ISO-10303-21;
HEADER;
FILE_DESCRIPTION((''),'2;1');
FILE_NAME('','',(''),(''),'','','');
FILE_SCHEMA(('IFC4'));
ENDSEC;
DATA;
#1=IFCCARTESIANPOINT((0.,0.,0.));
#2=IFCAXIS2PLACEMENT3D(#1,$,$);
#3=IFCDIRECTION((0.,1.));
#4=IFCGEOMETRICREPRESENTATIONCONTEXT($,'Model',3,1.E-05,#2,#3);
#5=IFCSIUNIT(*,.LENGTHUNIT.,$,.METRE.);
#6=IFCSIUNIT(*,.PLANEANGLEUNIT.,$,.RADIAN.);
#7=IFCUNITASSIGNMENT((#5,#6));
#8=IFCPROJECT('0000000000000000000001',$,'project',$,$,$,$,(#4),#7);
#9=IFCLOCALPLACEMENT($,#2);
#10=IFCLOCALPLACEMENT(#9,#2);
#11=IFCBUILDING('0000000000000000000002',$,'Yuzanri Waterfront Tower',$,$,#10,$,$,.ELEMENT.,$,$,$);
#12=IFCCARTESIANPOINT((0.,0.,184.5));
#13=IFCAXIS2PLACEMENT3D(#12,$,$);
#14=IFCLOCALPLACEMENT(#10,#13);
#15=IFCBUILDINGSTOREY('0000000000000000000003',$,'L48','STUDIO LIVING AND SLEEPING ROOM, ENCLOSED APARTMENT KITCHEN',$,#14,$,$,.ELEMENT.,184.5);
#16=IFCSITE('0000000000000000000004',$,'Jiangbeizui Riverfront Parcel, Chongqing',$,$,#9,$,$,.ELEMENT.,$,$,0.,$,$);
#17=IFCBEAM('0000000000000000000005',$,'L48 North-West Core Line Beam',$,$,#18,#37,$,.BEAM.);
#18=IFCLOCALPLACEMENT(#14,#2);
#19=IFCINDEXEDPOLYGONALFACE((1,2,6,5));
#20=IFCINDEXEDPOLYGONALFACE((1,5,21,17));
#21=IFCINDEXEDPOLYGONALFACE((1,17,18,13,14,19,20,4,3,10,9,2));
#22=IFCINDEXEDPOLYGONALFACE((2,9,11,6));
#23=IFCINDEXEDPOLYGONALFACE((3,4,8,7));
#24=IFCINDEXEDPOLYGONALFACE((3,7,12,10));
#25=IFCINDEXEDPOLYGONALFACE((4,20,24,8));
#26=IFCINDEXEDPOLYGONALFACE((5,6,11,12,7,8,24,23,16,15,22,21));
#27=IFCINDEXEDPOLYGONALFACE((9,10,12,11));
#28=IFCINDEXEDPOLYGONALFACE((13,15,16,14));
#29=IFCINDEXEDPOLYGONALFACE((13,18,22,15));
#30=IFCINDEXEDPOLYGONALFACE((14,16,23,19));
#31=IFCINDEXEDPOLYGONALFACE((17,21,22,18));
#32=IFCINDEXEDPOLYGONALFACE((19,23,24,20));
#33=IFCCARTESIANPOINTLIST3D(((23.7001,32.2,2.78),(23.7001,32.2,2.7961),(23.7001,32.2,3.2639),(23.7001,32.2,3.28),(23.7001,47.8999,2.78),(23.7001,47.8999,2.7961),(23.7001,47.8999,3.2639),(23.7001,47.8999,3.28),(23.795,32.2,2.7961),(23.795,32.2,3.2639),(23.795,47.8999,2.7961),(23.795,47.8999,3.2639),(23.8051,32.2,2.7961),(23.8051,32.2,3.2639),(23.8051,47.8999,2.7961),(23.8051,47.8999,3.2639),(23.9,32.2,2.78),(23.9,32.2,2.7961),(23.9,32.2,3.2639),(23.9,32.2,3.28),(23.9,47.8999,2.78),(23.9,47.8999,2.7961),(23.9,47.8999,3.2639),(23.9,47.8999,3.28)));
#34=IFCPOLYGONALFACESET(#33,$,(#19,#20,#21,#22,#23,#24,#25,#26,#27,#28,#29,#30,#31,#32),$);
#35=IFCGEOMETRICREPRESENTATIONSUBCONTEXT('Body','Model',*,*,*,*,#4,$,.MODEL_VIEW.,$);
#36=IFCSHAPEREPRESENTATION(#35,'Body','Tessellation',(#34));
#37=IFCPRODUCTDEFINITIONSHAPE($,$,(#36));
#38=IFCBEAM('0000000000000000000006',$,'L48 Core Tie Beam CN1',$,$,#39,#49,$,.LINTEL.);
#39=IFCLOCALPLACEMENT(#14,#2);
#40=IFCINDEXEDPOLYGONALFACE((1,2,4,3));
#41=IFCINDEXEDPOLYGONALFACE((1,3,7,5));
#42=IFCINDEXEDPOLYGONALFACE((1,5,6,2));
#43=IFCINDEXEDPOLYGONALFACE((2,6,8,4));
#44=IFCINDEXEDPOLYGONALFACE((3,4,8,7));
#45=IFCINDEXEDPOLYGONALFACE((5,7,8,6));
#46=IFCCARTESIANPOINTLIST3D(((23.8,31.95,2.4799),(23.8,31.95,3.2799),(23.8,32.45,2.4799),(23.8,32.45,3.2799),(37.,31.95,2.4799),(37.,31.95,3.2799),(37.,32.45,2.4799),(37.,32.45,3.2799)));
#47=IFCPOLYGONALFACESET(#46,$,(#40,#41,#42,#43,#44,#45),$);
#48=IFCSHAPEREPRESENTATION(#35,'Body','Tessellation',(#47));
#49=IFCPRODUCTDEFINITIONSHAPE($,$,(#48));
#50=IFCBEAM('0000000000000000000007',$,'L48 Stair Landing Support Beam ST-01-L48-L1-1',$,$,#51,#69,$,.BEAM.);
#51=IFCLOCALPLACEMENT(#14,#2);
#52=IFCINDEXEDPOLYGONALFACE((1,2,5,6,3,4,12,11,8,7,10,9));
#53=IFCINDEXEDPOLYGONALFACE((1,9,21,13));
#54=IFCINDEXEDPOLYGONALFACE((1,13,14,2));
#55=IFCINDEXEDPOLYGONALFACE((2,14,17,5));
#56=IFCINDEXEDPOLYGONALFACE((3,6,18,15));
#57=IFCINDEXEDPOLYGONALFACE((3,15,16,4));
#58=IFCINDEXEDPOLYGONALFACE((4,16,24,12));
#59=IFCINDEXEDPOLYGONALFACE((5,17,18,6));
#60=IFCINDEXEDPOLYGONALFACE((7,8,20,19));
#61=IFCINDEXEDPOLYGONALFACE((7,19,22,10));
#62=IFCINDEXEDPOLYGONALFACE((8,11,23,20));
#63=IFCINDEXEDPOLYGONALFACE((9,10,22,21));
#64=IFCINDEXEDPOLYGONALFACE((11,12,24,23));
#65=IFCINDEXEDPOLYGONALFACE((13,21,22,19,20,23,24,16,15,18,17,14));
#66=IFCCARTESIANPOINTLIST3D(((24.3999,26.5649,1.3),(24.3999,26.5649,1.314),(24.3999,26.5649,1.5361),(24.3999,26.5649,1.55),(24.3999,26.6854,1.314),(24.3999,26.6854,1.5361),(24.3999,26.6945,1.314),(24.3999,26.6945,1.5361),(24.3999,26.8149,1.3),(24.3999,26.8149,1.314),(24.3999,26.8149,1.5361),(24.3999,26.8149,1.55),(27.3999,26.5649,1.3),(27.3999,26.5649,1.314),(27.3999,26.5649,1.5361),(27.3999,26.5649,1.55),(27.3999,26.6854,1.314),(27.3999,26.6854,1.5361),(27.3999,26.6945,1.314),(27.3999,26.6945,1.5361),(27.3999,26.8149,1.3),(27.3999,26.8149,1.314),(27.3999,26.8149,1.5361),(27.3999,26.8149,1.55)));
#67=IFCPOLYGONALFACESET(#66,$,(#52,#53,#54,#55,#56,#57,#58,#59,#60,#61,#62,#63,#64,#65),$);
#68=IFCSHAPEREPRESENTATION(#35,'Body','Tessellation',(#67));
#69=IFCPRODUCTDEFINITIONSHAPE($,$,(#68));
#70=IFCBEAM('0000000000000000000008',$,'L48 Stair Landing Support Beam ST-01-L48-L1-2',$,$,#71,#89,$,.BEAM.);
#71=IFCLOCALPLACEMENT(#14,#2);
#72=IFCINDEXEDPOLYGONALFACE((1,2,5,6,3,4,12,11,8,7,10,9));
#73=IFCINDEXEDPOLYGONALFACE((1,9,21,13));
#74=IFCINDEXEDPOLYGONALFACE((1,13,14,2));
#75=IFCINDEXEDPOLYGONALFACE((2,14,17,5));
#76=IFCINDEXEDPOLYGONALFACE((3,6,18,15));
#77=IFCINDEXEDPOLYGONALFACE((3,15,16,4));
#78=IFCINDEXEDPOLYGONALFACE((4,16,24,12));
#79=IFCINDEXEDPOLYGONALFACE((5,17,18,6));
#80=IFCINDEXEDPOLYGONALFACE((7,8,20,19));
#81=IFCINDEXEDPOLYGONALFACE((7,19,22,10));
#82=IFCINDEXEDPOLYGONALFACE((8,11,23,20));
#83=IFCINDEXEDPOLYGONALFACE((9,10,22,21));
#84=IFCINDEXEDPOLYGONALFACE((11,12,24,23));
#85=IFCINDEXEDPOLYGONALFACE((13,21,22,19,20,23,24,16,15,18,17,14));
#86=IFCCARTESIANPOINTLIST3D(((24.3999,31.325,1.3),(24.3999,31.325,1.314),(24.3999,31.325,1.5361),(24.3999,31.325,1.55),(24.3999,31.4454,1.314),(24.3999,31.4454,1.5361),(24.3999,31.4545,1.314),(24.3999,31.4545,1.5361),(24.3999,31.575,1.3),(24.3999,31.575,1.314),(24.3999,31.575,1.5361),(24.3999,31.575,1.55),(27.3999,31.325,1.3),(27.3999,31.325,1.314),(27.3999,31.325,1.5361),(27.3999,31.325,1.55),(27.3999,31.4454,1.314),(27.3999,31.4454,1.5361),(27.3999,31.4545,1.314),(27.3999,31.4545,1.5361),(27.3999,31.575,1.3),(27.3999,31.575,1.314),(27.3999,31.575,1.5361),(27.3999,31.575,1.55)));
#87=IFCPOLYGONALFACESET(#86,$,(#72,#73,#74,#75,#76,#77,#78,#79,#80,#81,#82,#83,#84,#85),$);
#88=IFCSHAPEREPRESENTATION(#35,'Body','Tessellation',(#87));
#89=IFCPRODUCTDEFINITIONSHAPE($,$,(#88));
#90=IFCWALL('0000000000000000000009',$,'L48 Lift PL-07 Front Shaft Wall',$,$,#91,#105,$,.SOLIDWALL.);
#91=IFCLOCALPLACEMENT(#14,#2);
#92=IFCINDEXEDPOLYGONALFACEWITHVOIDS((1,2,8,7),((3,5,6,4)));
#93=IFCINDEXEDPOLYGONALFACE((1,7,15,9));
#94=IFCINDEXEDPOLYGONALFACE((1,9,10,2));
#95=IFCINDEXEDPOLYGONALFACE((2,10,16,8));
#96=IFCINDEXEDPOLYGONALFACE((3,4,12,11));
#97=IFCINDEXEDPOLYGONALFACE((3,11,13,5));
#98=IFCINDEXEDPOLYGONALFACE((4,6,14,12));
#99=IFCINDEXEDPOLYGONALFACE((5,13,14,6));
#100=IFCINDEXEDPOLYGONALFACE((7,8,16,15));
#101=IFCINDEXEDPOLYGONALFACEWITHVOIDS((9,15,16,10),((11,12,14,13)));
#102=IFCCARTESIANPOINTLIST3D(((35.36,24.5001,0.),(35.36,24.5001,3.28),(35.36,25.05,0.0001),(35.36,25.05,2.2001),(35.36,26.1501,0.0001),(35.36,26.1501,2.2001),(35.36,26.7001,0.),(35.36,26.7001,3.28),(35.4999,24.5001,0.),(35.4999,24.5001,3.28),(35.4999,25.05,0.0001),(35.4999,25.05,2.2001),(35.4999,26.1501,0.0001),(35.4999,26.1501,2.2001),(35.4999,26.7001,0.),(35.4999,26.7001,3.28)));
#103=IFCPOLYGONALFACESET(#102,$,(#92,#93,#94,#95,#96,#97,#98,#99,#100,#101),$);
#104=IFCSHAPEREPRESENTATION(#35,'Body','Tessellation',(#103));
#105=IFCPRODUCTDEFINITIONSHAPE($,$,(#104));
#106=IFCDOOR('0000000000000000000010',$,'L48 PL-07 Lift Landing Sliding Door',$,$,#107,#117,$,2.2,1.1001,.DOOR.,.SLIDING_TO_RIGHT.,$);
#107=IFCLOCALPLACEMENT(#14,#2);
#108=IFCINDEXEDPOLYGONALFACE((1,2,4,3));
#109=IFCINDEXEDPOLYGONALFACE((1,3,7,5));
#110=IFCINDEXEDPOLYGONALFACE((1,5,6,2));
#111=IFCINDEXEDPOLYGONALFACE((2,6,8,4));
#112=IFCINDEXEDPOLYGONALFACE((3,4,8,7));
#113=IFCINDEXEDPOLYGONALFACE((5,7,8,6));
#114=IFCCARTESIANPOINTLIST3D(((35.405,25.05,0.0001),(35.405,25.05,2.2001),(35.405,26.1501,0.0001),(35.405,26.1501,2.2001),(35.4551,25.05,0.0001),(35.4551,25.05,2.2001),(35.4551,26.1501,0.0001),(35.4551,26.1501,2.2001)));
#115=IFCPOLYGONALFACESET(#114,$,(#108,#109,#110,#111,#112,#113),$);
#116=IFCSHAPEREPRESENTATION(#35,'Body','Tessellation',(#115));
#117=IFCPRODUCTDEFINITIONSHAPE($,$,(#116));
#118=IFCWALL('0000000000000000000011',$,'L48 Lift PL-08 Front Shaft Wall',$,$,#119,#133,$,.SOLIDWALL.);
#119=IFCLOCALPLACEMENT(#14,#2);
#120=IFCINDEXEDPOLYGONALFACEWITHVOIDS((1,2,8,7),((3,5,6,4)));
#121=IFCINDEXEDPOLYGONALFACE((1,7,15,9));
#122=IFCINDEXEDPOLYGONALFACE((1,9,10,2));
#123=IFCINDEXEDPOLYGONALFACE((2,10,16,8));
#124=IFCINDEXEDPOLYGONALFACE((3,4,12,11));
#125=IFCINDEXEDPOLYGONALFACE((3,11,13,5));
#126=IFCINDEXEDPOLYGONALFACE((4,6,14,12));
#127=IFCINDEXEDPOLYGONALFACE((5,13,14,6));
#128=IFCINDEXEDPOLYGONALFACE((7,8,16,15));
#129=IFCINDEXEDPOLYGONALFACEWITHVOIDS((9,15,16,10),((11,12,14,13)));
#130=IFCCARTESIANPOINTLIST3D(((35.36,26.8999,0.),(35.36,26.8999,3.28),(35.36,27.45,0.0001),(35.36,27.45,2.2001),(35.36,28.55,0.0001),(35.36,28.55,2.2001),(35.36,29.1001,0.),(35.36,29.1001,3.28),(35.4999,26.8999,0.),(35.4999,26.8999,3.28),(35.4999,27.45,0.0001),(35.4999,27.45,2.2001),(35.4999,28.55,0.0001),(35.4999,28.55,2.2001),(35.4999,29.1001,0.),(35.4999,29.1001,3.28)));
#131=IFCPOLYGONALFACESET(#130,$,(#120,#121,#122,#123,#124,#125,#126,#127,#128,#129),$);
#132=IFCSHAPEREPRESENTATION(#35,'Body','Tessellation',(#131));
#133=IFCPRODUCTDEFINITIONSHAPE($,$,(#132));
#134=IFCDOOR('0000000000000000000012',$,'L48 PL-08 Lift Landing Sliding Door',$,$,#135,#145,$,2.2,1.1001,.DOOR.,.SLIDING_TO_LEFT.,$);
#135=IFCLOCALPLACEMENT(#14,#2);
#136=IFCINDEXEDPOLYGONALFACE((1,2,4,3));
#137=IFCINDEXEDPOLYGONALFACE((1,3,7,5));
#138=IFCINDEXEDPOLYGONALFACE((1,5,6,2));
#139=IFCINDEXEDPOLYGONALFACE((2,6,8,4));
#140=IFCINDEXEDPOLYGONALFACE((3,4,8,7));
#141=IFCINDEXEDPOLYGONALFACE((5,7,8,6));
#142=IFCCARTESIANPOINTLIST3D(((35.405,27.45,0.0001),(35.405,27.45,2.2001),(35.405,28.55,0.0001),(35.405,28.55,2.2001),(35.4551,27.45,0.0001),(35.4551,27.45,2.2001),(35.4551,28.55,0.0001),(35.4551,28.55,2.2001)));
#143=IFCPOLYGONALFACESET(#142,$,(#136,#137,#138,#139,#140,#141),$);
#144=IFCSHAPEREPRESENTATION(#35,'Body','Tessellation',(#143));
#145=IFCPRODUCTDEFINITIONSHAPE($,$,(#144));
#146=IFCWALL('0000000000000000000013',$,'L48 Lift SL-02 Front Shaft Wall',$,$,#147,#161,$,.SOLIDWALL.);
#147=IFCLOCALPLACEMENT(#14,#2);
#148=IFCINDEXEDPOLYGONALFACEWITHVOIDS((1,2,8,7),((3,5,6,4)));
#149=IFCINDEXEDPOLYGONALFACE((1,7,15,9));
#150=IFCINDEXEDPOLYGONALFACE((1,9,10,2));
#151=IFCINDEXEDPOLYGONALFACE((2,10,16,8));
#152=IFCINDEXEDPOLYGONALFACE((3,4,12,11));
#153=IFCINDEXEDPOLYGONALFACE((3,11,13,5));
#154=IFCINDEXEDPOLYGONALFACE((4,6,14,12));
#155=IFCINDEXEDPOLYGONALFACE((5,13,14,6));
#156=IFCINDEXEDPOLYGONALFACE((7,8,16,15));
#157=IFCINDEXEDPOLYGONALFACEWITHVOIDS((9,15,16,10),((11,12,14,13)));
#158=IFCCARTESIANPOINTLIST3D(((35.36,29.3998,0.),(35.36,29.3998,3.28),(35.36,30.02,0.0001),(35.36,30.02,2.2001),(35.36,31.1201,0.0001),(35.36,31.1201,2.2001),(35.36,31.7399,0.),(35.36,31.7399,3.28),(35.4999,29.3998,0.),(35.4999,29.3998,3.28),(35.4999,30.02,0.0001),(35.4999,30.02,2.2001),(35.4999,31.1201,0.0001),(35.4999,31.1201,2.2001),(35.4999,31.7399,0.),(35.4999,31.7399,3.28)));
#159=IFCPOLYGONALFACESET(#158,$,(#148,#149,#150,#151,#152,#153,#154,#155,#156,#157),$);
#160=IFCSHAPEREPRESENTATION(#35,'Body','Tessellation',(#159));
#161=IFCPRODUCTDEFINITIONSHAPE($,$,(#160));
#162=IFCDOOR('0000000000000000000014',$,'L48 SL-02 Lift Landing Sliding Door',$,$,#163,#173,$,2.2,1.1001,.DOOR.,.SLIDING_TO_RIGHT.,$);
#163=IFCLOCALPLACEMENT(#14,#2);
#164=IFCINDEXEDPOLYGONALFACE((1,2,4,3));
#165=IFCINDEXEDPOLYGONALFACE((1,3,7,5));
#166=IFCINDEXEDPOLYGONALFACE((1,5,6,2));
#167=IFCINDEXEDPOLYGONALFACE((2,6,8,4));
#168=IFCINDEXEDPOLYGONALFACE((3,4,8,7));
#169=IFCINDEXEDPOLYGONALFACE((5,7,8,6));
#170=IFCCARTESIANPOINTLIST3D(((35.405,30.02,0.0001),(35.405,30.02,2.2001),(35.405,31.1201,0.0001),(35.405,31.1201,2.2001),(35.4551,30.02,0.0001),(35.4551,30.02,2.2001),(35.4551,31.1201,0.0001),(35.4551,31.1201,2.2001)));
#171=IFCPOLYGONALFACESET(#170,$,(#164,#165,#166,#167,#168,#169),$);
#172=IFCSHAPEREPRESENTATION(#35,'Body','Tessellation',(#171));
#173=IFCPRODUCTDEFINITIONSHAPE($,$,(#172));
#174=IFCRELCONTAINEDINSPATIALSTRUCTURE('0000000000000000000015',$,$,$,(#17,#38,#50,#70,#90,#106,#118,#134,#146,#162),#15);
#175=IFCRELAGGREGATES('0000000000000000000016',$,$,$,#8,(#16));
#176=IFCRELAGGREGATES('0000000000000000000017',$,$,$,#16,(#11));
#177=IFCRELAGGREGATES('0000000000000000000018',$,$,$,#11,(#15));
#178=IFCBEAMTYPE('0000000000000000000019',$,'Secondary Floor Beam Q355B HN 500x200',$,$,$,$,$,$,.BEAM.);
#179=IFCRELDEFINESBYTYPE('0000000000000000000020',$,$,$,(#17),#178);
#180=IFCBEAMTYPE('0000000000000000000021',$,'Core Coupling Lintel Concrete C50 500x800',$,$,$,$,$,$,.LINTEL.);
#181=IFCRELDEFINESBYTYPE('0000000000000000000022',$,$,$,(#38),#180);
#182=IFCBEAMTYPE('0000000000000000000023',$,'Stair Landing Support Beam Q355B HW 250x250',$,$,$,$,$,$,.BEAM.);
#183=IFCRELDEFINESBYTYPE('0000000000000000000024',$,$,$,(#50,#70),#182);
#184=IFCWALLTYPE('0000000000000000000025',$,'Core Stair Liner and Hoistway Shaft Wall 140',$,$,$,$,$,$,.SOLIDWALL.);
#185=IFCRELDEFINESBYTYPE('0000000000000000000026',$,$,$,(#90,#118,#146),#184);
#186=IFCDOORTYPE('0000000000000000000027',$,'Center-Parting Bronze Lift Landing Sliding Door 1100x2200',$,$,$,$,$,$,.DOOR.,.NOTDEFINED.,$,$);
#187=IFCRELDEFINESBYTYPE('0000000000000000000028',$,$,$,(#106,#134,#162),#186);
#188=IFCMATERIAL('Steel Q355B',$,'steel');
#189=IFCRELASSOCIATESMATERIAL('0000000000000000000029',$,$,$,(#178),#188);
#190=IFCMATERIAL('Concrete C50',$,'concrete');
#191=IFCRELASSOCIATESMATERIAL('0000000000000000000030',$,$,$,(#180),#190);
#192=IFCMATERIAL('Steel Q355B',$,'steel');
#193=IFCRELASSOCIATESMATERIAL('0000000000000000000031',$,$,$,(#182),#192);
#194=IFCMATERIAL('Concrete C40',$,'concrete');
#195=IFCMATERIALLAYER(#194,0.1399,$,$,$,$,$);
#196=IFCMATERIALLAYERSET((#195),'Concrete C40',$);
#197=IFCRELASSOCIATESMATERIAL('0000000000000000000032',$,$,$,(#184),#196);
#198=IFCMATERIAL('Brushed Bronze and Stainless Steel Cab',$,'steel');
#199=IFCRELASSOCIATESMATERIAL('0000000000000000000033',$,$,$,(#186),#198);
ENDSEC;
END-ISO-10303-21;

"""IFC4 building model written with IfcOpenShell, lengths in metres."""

from ifc_helpers import new_model, si_unit, direction, frame, frame_2d, origin, origin_2d, place, context, subcontext, project, spatial, rectangle, i_section, extrude, source, transform, mapped, material, layer, layer_set, material_profile, profile_set, type_object, element, fill, save


model = new_model("IFC4")

# Units and contexts
model_context = context("Model", 3, precision=1e-05, world=origin(), true_north=direction((0.0, 1.0)))
body_context = subcontext(model_context, "Body", "Model", "MODEL_VIEW")
ifc_project = project(units=[si_unit("LENGTHUNIT", "METRE"), si_unit("PLANEANGLEUNIT", "RADIAN")], contexts=[model_context])

# Site, building, storey
site_placement = place(None, origin())
site = spatial("IfcSite", under=ifc_project, at=site_placement, Name="Jiangbeizui Riverfront Parcel, Chongqing", CompositionType="ELEMENT", RefElevation=0.0)
building_placement = place(site_placement, origin())
building = spatial("IfcBuilding", under=site, at=building_placement, Name="Yuzanri Waterfront Tower", CompositionType="ELEMENT")
storey_placement = place(building_placement, frame((0.0, 0.0, 184.5)))
storey = spatial("IfcBuildingStorey", under=building, at=storey_placement, Name="L48", Description="STUDIO LIVING AND SLEEPING ROOM, ENCLOSED APARTMENT KITCHEN", CompositionType="ELEMENT", Elevation=184.5)

# Beams
ifc_material_1 = material(Name="Steel Q355B", Category="steel")
ifc_material_profile_1 = material_profile(ifc_material_1, i_section(OverallWidth=0.2, OverallDepth=0.5, WebThickness=0.01, FlangeThickness=0.0161, at=origin_2d()), Name="HN 500x200x10x16")
ifc_profile_set_1 = profile_set([ifc_material_profile_1], Name="Steel Q355B")
beam_type_1 = type_object("IfcBeamType", Name="Secondary Floor Beam Q355B HN 500x200", PredefinedType="BEAM", material=ifc_profile_set_1)
shared_shape_1 = source(origin(), body_context, "Body", "SweptSolid", [
    extrude(i_section(OverallWidth=0.2, OverallDepth=0.5, WebThickness=0.01, FlangeThickness=0.0161, at=origin_2d()), origin(), (0.0, 0.0, 1.0), 15.7),
])
beam_1_placement = place(storey_placement, frame((23.8, 32.2, 3.03), z_axis=(0.0, 1.0, 0.0), x_axis=(-1.0, 0.0, 0.0)))
element("IfcBeam", 1, at=beam_1_placement, inside=storey, type_object=beam_type_1, Name="L48 North-West Core Line Beam", PredefinedType="BEAM", context=body_context, shape_type="MappedRepresentation", body=[
    mapped(shared_shape_1, transform((0.0, 0.0, 0.0), scale=1.0)),
])
ifc_material_2 = material(Name="Concrete C50", Category="concrete")
ifc_material_profile_2 = material_profile(ifc_material_2, rectangle(XDim=0.5, YDim=0.8, at=origin_2d()), Name="RC 500x800")
ifc_profile_set_2 = profile_set([ifc_material_profile_2], Name="Concrete C50")
beam_type_2 = type_object("IfcBeamType", Name="Core Coupling Lintel Concrete C50 500x800", PredefinedType="LINTEL", material=ifc_profile_set_2)
shared_shape_2 = source(origin(), body_context, "Body", "SweptSolid", [
    extrude(rectangle(XDim=0.5, YDim=0.8, at=origin_2d()), origin(), (0.0, 0.0, 1.0), 13.2),
])
beam_2_placement = place(storey_placement, frame((23.8, 32.2, 2.8799), z_axis=(1.0, 0.0, 0.0), x_axis=(0.0, 1.0, 0.0)))
element("IfcBeam", 2, at=beam_2_placement, inside=storey, type_object=beam_type_2, Name="L48 Core Tie Beam CN1", PredefinedType="LINTEL", context=body_context, shape_type="MappedRepresentation", body=[
    mapped(shared_shape_2, transform((0.0, 0.0, 0.0), scale=1.0)),
])
ifc_material_3 = material(Name="Steel Q355B", Category="steel")
ifc_material_profile_3 = material_profile(ifc_material_3, i_section(OverallWidth=0.25, OverallDepth=0.25, WebThickness=0.009, FlangeThickness=0.0139, at=origin_2d()), Name="HW 250x250x9x14")
ifc_profile_set_3 = profile_set([ifc_material_profile_3], Name="Steel Q355B")
beam_type_3 = type_object("IfcBeamType", Name="Stair Landing Support Beam Q355B HW 250x250", PredefinedType="BEAM", material=ifc_profile_set_3)
shared_shape_3 = source(origin(), body_context, "Body", "SweptSolid", [
    extrude(i_section(OverallWidth=0.25, OverallDepth=0.25, WebThickness=0.009, FlangeThickness=0.0139, at=origin_2d()), origin(), (0.0, 0.0, 1.0), 3.0),
])
for number, where, z_axis, x_axis, name in (
    (3, (24.3999, 26.6899, 1.425), (1.0, 0.0, 0.0), (0.0, 1.0, 0.0), "L48 Stair Landing Support Beam ST-01-L48-L1-1"),
    (4, (24.3999, 31.45, 1.425), (1.0, 0.0, 0.0), (0.0, 1.0, 0.0), "L48 Stair Landing Support Beam ST-01-L48-L1-2"),
):
    element("IfcBeam", number, at=place(storey_placement, frame(where, z_axis=z_axis, x_axis=x_axis)), inside=storey, type_object=beam_type_3, Name=name, PredefinedType="BEAM", context=body_context, shape_type="MappedRepresentation", body=[
        mapped(shared_shape_3, transform((0.0, 0.0, 0.0), scale=1.0)),
    ])

# Walls, openings, doors
ifc_material_4 = material(Name="Concrete C40", Category="concrete")
ifc_layer_1 = layer(ifc_material_4, 0.1399)
ifc_layer_set_1 = layer_set([ifc_layer_1], Name="Concrete C40")
wall_type_1 = type_object("IfcWallType", Name="Core Stair Liner and Hoistway Shaft Wall 140", PredefinedType="SOLIDWALL", material=ifc_layer_set_1)
wall_1_placement = place(storey_placement, frame((35.4299, 24.5, 0.0), z_axis=(0.0, 0.0, 1.0), x_axis=(0.0, 1.0, 0.0)))
wall_1 = element("IfcWall", 5, at=wall_1_placement, inside=storey, type_object=wall_type_1, Name="L48 Lift PL-07 Front Shaft Wall", PredefinedType="SOLIDWALL", context=body_context, shape_type="SweptSolid", body=[
    extrude(rectangle(XDim=2.2, YDim=0.1399, at=frame_2d((1.1001, 0.0))), origin(), (0.0, 0.0, 1.0), 3.28),
])
opening_1_placement = place(wall_1_placement, frame((0.55, 0.0, 0.0)))
opening_1 = element("IfcOpeningElement", 6, at=opening_1_placement, cuts=wall_1, PredefinedType="OPENING", context=body_context, shape_type="SweptSolid", body=[
    extrude(rectangle(XDim=1.1001, YDim=2.2, at=frame_2d((0.55, 1.1001))), frame((0.0, 0.085, 0.0), z_axis=(0.0, -1.0, 0.0), x_axis=(1.0, 0.0, 0.0)), (0.0, 0.0, 1.0), 0.1697),
])
ifc_material_5 = material(Name="Brushed Bronze and Stainless Steel Cab", Category="steel")
door_type_1 = type_object("IfcDoorType", Name="Center-Parting Bronze Lift Landing Sliding Door 1100x2200", OperationType="NOTDEFINED", PredefinedType="DOOR", material=ifc_material_5)
shared_shape_4 = source(origin(), body_context, "Body", "SweptSolid", [
    extrude(rectangle(XDim=1.1001, YDim=2.2, at=frame_2d((0.55, 1.1001))), frame((0.0, 0.0249, 0.0), z_axis=(0.0, -1.0, 0.0), x_axis=(1.0, 0.0, 0.0)), (0.0, 0.0, 1.0), 0.05),
])
door_1_placement = place(opening_1_placement, origin())
door_1 = element("IfcDoor", 7, at=door_1_placement, inside=storey, type_object=door_type_1, Name="L48 PL-07 Lift Landing Sliding Door", OperationType="SLIDING_TO_RIGHT", OverallHeight=2.2, OverallWidth=1.1001, PredefinedType="DOOR", context=body_context, shape_type="MappedRepresentation", body=[
    mapped(shared_shape_4, transform((0.0, 0.0, 0.0), scale=1.0)),
])
fill(opening_1, door_1)
wall_2_placement = place(storey_placement, frame((35.4299, 26.8999, 0.0), z_axis=(0.0, 0.0, 1.0), x_axis=(0.0, 1.0, 0.0)))
wall_2 = element("IfcWall", 8, at=wall_2_placement, inside=storey, type_object=wall_type_1, Name="L48 Lift PL-08 Front Shaft Wall", PredefinedType="SOLIDWALL", context=body_context, shape_type="SweptSolid", body=[
    extrude(rectangle(XDim=2.2002, YDim=0.1399, at=frame_2d((1.1001, 0.0))), origin(), (0.0, 0.0, 1.0), 3.28),
])
opening_2_placement = place(wall_2_placement, frame((0.55, 0.0, 0.0)))
opening_2 = element("IfcOpeningElement", 9, at=opening_2_placement, cuts=wall_2, PredefinedType="OPENING", context=body_context, shape_type="SweptSolid", body=[
    extrude(rectangle(XDim=1.1001, YDim=2.2, at=frame_2d((0.55, 1.1001))), frame((0.0, 0.085, 0.0), z_axis=(0.0, -1.0, 0.0), x_axis=(1.0, 0.0, 0.0)), (0.0, 0.0, 1.0), 0.1697),
])
door_2_placement = place(opening_2_placement, origin())
door_2 = element("IfcDoor", 10, at=door_2_placement, inside=storey, type_object=door_type_1, Name="L48 PL-08 Lift Landing Sliding Door", OperationType="SLIDING_TO_LEFT", OverallHeight=2.2, OverallWidth=1.1001, PredefinedType="DOOR", context=body_context, shape_type="MappedRepresentation", body=[
    mapped(shared_shape_4, transform((0.0, 0.0, 0.0), scale=1.0)),
])
fill(opening_2, door_2)
wall_3_placement = place(storey_placement, frame((35.4299, 29.3999, 0.0), z_axis=(0.0, 0.0, 1.0), x_axis=(0.0, 1.0, 0.0)))
wall_3 = element("IfcWall", 11, at=wall_3_placement, inside=storey, type_object=wall_type_1, Name="L48 Lift SL-02 Front Shaft Wall", PredefinedType="SOLIDWALL", context=body_context, shape_type="SweptSolid", body=[
    extrude(rectangle(XDim=2.3401, YDim=0.1399, at=frame_2d((1.1699, 0.0))), origin(), (0.0, 0.0, 1.0), 3.28),
])
opening_3_placement = place(wall_3_placement, frame((0.6201, 0.0, 0.0)))
opening_3 = element("IfcOpeningElement", 12, at=opening_3_placement, cuts=wall_3, PredefinedType="OPENING", context=body_context, shape_type="SweptSolid", body=[
    extrude(rectangle(XDim=1.1001, YDim=2.2, at=frame_2d((0.55, 1.1001))), frame((0.0, 0.085, 0.0), z_axis=(0.0, -1.0, 0.0), x_axis=(1.0, 0.0, 0.0)), (0.0, 0.0, 1.0), 0.1697),
])
door_3_placement = place(opening_3_placement, origin())
door_3 = element("IfcDoor", 13, at=door_3_placement, inside=storey, type_object=door_type_1, Name="L48 SL-02 Lift Landing Sliding Door", OperationType="SLIDING_TO_RIGHT", OverallHeight=2.2, OverallWidth=1.1001, PredefinedType="DOOR", context=body_context, shape_type="MappedRepresentation", body=[
    mapped(shared_shape_4, transform((0.0, 0.0, 0.0), scale=1.0)),
])
fill(opening_3, door_3)

save(model, "model.ifc")
